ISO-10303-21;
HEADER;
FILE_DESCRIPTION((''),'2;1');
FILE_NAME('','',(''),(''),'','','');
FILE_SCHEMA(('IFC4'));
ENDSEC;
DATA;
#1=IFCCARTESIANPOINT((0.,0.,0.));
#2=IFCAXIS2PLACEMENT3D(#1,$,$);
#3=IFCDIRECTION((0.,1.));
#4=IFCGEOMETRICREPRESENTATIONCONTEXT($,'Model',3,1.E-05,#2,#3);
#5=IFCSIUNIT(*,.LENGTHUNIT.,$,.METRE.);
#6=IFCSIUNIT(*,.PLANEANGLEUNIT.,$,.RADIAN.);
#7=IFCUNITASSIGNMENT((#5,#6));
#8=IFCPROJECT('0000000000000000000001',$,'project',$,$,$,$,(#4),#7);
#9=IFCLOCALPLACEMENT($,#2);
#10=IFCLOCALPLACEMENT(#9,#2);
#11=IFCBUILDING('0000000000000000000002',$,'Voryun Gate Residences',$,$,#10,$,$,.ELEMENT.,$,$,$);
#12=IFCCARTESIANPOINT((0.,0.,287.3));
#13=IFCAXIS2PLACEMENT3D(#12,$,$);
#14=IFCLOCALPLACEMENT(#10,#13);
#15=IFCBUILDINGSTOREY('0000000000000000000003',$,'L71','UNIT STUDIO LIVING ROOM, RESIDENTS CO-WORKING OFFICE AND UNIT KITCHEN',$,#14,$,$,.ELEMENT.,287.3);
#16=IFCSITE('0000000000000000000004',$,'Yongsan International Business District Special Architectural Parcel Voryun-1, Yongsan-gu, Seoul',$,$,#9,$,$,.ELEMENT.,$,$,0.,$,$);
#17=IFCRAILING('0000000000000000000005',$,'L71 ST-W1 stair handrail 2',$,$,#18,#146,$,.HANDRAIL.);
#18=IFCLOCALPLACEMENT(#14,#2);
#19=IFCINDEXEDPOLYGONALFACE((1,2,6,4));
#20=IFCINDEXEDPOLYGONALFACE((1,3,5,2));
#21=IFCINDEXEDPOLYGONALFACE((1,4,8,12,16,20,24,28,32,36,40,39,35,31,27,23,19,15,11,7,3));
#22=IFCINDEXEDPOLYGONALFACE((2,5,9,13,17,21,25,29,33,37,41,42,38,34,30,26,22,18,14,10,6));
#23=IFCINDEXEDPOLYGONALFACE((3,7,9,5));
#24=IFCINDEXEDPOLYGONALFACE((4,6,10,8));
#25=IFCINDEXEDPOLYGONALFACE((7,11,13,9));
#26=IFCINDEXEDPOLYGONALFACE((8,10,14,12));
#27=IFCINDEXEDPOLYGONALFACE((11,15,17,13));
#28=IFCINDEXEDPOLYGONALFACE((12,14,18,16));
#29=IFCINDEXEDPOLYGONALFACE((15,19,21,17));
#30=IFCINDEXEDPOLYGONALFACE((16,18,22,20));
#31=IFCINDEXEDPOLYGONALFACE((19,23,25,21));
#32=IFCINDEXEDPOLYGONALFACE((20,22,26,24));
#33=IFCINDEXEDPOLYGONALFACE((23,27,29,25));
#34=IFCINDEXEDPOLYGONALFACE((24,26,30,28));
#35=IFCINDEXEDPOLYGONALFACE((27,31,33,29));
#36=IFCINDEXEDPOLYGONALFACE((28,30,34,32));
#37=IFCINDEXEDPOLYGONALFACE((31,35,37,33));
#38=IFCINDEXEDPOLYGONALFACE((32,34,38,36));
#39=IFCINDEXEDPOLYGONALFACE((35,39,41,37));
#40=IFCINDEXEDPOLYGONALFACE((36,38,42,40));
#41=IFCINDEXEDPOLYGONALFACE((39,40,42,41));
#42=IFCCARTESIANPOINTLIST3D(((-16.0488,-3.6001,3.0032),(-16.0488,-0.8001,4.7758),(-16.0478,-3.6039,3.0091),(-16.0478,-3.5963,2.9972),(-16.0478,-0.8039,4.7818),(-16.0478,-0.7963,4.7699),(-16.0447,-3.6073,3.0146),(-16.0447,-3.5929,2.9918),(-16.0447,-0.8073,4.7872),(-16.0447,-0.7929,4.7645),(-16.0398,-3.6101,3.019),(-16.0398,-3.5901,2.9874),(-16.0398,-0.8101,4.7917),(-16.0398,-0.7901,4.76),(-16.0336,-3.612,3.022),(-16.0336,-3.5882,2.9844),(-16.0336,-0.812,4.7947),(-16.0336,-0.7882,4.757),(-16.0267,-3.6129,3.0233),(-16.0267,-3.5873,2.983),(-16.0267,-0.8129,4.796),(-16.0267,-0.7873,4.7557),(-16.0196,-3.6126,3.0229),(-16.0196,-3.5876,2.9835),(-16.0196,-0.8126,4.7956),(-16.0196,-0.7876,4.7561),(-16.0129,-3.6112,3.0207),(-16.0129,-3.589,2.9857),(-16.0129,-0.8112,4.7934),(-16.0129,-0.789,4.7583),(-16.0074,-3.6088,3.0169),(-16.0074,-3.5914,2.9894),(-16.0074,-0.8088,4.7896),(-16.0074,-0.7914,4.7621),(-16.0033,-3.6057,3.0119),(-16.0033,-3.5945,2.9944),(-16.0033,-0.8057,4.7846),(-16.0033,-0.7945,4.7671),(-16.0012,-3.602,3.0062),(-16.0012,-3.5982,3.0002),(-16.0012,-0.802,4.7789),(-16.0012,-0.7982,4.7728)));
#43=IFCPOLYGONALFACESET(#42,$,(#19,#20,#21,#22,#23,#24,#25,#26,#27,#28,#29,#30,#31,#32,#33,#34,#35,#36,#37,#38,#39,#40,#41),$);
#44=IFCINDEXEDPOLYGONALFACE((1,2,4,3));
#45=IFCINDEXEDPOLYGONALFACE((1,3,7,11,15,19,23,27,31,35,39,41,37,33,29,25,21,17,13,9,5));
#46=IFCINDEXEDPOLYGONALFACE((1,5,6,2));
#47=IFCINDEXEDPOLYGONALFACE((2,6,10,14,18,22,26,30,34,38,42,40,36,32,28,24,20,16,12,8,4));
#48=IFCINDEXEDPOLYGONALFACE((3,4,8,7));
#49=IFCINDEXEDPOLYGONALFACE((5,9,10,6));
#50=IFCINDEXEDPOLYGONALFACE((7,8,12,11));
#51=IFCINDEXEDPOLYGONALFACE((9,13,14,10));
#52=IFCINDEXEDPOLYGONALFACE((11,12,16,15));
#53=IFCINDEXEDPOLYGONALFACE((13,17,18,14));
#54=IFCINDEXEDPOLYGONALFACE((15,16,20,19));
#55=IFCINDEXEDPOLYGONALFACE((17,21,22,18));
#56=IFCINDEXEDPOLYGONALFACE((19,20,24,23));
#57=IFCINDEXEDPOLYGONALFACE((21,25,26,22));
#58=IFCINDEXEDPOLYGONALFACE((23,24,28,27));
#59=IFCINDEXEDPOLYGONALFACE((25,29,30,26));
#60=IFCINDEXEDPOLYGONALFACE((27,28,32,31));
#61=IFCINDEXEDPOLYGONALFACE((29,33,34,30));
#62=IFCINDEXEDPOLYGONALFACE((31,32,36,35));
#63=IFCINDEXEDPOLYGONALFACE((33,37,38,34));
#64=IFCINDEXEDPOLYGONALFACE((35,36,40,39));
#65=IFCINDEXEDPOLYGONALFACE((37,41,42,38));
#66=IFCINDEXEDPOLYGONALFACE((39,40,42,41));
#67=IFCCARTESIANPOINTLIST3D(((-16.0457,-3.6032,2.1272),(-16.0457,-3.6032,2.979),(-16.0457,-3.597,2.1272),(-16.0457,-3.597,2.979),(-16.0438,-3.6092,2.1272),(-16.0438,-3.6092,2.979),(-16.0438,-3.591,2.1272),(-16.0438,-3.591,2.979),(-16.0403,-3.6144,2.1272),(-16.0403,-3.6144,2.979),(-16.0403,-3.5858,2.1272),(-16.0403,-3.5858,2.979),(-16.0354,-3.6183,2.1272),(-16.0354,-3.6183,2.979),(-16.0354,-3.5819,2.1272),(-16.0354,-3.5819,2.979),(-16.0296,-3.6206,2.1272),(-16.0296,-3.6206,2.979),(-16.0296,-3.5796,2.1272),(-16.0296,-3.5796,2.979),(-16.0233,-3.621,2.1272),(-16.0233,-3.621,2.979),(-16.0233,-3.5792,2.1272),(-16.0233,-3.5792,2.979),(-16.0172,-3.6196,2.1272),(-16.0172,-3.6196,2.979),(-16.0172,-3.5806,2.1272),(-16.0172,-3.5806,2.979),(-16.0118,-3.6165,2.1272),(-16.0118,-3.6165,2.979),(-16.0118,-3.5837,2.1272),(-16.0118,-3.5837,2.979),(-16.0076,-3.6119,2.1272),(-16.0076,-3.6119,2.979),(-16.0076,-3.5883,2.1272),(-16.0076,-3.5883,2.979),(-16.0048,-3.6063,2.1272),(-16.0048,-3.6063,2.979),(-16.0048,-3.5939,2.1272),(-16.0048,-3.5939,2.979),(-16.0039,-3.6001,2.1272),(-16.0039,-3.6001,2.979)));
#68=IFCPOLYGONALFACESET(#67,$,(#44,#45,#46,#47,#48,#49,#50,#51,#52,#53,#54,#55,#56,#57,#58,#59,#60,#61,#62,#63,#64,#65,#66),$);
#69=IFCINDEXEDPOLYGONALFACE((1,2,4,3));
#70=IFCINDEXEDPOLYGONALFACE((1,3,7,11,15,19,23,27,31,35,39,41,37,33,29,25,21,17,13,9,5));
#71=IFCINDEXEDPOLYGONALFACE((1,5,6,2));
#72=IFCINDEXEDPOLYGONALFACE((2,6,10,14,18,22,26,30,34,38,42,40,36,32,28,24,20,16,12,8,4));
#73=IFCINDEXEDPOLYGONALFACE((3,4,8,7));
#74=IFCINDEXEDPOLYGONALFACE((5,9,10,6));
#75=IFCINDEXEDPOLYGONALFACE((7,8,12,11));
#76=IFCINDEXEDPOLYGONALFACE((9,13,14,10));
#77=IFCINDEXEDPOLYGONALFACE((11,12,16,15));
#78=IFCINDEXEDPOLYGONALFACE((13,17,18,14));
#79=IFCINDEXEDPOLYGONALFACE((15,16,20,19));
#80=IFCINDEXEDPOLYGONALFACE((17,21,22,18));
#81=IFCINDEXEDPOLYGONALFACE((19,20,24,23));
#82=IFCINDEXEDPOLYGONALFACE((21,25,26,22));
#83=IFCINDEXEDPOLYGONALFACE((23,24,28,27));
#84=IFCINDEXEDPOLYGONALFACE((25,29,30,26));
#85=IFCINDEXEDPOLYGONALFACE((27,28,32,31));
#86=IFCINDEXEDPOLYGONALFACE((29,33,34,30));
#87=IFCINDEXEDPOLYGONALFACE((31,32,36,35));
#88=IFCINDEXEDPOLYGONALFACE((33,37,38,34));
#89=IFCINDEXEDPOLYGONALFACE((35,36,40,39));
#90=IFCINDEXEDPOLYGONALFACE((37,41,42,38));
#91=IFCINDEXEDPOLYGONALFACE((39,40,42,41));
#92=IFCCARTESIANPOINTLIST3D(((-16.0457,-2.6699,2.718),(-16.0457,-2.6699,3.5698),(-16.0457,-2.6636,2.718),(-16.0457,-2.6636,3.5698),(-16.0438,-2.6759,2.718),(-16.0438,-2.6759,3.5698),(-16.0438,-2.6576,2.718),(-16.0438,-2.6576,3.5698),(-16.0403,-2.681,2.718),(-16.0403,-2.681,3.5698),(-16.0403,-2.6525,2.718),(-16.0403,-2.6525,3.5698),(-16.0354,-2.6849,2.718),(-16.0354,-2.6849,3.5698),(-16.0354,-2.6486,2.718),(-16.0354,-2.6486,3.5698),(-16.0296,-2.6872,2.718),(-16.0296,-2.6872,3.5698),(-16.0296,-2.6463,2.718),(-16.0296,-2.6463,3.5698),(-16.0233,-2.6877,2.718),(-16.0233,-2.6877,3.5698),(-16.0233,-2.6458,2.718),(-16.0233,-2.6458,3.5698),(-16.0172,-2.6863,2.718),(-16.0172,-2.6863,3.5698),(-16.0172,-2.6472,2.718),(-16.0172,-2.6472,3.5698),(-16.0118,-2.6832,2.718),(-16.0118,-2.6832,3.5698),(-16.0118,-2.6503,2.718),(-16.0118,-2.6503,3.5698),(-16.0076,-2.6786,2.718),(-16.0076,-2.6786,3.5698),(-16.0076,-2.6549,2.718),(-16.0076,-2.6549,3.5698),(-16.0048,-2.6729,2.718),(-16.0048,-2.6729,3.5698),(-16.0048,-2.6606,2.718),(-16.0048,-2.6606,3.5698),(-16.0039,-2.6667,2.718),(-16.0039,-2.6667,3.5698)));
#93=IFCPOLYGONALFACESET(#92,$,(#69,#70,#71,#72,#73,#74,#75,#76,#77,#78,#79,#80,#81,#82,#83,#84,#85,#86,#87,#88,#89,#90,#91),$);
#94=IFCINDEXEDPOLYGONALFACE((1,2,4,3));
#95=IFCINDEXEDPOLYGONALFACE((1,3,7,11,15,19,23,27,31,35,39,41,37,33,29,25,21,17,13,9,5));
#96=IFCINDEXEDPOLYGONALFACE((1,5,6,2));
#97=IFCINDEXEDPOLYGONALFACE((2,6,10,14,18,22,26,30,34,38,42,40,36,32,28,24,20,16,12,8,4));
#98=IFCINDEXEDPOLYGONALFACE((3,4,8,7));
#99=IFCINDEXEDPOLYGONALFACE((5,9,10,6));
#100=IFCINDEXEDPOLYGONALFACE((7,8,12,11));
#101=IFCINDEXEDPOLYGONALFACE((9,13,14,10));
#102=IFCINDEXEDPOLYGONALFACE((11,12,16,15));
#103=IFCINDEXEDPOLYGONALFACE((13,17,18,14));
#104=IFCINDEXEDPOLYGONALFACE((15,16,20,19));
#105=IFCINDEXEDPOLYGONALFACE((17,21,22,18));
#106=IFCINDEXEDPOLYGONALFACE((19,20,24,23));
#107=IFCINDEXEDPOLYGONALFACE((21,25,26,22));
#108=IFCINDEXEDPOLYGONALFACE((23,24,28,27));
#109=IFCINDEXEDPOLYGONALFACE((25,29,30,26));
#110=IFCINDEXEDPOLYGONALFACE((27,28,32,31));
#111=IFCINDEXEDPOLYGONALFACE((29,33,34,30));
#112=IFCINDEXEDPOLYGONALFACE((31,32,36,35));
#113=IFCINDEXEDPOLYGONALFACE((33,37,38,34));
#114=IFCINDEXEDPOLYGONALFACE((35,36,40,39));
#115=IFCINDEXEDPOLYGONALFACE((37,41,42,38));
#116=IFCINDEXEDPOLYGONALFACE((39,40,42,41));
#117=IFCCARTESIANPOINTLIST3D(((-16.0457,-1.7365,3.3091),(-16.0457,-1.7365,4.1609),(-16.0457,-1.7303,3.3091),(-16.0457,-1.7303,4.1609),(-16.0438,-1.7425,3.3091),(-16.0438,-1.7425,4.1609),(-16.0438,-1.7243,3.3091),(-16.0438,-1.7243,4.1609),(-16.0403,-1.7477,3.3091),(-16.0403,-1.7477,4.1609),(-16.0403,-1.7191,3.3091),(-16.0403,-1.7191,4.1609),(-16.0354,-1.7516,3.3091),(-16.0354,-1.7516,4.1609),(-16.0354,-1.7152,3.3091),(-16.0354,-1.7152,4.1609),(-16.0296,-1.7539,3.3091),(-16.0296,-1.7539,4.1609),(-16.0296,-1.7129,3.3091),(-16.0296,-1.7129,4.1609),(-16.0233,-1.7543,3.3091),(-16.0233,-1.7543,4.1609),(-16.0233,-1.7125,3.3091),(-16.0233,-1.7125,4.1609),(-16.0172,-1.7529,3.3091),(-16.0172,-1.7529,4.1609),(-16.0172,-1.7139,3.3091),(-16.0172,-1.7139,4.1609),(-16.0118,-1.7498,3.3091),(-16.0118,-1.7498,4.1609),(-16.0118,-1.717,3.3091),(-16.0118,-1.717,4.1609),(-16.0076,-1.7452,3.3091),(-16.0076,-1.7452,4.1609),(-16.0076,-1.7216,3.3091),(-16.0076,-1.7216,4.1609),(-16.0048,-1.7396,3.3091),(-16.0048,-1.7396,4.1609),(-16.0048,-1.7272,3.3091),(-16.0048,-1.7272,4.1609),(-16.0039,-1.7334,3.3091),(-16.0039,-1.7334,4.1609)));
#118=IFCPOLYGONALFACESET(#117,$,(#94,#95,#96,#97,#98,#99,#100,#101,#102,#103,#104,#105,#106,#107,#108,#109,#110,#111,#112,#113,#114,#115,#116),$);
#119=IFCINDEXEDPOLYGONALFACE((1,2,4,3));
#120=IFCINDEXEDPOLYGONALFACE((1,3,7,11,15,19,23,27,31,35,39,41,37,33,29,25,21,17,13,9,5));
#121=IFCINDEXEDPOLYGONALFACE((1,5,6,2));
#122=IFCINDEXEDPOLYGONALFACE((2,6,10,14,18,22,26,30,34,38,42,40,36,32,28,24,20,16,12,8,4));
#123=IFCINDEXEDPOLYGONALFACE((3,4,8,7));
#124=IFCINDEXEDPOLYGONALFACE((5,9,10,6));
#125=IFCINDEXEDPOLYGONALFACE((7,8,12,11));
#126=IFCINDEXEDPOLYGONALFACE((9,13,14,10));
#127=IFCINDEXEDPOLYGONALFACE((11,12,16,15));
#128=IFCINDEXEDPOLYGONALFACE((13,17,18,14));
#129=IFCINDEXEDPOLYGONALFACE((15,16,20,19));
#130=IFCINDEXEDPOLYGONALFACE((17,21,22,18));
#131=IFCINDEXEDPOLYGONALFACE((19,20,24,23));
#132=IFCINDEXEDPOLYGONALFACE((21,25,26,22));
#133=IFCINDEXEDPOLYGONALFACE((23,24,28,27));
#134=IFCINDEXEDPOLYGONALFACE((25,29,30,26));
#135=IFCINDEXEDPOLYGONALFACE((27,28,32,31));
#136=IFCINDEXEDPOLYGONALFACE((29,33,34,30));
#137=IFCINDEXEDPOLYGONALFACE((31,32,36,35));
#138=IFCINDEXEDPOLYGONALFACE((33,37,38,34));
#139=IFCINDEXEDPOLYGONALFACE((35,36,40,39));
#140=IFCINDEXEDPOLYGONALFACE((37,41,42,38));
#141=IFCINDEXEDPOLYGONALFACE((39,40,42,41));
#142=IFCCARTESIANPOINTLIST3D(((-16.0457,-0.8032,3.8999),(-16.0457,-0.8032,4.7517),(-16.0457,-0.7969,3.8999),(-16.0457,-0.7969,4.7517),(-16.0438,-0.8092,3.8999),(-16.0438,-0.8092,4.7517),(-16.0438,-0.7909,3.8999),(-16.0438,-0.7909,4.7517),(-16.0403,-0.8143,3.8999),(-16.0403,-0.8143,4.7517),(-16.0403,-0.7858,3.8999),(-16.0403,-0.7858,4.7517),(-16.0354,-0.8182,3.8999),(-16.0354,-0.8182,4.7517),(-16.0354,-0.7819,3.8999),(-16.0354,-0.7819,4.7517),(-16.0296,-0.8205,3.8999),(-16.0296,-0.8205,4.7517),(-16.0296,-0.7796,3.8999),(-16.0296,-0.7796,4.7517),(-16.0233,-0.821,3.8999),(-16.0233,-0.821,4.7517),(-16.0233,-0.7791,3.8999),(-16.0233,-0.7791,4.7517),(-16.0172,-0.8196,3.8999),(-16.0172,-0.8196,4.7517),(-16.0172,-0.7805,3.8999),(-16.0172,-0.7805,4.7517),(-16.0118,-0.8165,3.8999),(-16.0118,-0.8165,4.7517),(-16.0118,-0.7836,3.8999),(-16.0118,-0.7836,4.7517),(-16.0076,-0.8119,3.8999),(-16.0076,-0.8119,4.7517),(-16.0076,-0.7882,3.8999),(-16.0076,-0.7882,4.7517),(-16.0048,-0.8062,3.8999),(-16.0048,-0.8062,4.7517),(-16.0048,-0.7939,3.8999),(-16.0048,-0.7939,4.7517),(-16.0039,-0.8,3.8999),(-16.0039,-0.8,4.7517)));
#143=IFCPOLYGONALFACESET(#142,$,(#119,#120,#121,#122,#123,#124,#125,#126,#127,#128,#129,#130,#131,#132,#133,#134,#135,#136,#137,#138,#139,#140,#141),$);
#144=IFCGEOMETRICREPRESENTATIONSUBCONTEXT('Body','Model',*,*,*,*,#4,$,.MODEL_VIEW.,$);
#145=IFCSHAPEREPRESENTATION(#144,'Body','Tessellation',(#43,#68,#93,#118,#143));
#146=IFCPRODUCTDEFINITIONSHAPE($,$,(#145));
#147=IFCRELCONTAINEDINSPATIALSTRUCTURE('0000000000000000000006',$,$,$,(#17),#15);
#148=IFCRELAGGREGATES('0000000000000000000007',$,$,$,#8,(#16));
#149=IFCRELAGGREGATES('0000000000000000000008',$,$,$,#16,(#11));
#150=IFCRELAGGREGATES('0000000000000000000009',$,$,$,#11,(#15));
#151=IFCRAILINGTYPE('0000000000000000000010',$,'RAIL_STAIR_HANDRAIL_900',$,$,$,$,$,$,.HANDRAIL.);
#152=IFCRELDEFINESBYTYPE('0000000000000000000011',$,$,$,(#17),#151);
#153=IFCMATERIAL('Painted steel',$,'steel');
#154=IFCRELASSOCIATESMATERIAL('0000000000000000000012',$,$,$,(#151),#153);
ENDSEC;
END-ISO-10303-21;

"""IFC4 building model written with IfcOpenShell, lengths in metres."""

from ifc_helpers import new_model, si_unit, direction, frame, origin, origin_2d, place, context, subcontext, project, spatial, circle, extrude, material, type_object, element, save


model = new_model("IFC4")

# Units and contexts
model_context = context("Model", 3, precision=1e-05, world=origin(), true_north=direction((0.0, 1.0)))
body_context = subcontext(model_context, "Body", "Model", "MODEL_VIEW")
ifc_project = project(units=[si_unit("LENGTHUNIT", "METRE"), si_unit("PLANEANGLEUNIT", "RADIAN")], contexts=[model_context])

# Site, building, storey
site_placement = place(None, origin())
site = spatial("IfcSite", under=ifc_project, at=site_placement, Name="Yongsan International Business District Special Architectural Parcel Voryun-1, Yongsan-gu, Seoul", CompositionType="ELEMENT", RefElevation=0.0)
building_placement = place(site_placement, origin())
building = spatial("IfcBuilding", under=site, at=building_placement, Name="Voryun Gate Residences", CompositionType="ELEMENT")
storey_placement = place(building_placement, frame((0.0, 0.0, 287.3)))
storey = spatial("IfcBuildingStorey", under=building, at=storey_placement, Name="L71", Description="UNIT STUDIO LIVING ROOM, RESIDENTS CO-WORKING OFFICE AND UNIT KITCHEN", CompositionType="ELEMENT", Elevation=287.3)

# Railing
ifc_material_1 = material(Name="Painted steel", Category="steel")
railing_type_1 = type_object("IfcRailingType", Name="RAIL_STAIR_HANDRAIL_900", PredefinedType="HANDRAIL", material=ifc_material_1)
railing_1_placement = place(storey_placement, frame((-16.0249, -3.6001, 2.1272)))
element("IfcRailing", 1, at=railing_1_placement, inside=storey, type_object=railing_type_1, Name="L71 ST-W1 stair handrail 2", PredefinedType="HANDRAIL", context=body_context, shape_type="SweptSolid", body=[
    extrude(circle(Radius=0.0239, at=origin_2d()), frame((0.0, 0.0, 0.876), z_axis=(0.0, 0.844909, 0.53491), x_axis=(-1.0, 0.0, 0.0)), (0.0, 0.0, 1.0), 3.314),
    extrude(circle(Radius=0.021, at=origin_2d()), origin(), (0.0, 0.0, 1.0), 0.8518),
    extrude(circle(Radius=0.021, at=origin_2d()), frame((0.0, 0.9333, 0.5908)), (0.0, 0.0, 1.0), 0.8518),
    extrude(circle(Radius=0.021, at=origin_2d()), frame((0.0, 1.8667, 1.1819)), (0.0, 0.0, 1.0), 0.8518),
    extrude(circle(Radius=0.021, at=origin_2d()), frame((0.0, 2.8, 1.7727)), (0.0, 0.0, 1.0), 0.8518),
])

save(model, "model.ifc")
